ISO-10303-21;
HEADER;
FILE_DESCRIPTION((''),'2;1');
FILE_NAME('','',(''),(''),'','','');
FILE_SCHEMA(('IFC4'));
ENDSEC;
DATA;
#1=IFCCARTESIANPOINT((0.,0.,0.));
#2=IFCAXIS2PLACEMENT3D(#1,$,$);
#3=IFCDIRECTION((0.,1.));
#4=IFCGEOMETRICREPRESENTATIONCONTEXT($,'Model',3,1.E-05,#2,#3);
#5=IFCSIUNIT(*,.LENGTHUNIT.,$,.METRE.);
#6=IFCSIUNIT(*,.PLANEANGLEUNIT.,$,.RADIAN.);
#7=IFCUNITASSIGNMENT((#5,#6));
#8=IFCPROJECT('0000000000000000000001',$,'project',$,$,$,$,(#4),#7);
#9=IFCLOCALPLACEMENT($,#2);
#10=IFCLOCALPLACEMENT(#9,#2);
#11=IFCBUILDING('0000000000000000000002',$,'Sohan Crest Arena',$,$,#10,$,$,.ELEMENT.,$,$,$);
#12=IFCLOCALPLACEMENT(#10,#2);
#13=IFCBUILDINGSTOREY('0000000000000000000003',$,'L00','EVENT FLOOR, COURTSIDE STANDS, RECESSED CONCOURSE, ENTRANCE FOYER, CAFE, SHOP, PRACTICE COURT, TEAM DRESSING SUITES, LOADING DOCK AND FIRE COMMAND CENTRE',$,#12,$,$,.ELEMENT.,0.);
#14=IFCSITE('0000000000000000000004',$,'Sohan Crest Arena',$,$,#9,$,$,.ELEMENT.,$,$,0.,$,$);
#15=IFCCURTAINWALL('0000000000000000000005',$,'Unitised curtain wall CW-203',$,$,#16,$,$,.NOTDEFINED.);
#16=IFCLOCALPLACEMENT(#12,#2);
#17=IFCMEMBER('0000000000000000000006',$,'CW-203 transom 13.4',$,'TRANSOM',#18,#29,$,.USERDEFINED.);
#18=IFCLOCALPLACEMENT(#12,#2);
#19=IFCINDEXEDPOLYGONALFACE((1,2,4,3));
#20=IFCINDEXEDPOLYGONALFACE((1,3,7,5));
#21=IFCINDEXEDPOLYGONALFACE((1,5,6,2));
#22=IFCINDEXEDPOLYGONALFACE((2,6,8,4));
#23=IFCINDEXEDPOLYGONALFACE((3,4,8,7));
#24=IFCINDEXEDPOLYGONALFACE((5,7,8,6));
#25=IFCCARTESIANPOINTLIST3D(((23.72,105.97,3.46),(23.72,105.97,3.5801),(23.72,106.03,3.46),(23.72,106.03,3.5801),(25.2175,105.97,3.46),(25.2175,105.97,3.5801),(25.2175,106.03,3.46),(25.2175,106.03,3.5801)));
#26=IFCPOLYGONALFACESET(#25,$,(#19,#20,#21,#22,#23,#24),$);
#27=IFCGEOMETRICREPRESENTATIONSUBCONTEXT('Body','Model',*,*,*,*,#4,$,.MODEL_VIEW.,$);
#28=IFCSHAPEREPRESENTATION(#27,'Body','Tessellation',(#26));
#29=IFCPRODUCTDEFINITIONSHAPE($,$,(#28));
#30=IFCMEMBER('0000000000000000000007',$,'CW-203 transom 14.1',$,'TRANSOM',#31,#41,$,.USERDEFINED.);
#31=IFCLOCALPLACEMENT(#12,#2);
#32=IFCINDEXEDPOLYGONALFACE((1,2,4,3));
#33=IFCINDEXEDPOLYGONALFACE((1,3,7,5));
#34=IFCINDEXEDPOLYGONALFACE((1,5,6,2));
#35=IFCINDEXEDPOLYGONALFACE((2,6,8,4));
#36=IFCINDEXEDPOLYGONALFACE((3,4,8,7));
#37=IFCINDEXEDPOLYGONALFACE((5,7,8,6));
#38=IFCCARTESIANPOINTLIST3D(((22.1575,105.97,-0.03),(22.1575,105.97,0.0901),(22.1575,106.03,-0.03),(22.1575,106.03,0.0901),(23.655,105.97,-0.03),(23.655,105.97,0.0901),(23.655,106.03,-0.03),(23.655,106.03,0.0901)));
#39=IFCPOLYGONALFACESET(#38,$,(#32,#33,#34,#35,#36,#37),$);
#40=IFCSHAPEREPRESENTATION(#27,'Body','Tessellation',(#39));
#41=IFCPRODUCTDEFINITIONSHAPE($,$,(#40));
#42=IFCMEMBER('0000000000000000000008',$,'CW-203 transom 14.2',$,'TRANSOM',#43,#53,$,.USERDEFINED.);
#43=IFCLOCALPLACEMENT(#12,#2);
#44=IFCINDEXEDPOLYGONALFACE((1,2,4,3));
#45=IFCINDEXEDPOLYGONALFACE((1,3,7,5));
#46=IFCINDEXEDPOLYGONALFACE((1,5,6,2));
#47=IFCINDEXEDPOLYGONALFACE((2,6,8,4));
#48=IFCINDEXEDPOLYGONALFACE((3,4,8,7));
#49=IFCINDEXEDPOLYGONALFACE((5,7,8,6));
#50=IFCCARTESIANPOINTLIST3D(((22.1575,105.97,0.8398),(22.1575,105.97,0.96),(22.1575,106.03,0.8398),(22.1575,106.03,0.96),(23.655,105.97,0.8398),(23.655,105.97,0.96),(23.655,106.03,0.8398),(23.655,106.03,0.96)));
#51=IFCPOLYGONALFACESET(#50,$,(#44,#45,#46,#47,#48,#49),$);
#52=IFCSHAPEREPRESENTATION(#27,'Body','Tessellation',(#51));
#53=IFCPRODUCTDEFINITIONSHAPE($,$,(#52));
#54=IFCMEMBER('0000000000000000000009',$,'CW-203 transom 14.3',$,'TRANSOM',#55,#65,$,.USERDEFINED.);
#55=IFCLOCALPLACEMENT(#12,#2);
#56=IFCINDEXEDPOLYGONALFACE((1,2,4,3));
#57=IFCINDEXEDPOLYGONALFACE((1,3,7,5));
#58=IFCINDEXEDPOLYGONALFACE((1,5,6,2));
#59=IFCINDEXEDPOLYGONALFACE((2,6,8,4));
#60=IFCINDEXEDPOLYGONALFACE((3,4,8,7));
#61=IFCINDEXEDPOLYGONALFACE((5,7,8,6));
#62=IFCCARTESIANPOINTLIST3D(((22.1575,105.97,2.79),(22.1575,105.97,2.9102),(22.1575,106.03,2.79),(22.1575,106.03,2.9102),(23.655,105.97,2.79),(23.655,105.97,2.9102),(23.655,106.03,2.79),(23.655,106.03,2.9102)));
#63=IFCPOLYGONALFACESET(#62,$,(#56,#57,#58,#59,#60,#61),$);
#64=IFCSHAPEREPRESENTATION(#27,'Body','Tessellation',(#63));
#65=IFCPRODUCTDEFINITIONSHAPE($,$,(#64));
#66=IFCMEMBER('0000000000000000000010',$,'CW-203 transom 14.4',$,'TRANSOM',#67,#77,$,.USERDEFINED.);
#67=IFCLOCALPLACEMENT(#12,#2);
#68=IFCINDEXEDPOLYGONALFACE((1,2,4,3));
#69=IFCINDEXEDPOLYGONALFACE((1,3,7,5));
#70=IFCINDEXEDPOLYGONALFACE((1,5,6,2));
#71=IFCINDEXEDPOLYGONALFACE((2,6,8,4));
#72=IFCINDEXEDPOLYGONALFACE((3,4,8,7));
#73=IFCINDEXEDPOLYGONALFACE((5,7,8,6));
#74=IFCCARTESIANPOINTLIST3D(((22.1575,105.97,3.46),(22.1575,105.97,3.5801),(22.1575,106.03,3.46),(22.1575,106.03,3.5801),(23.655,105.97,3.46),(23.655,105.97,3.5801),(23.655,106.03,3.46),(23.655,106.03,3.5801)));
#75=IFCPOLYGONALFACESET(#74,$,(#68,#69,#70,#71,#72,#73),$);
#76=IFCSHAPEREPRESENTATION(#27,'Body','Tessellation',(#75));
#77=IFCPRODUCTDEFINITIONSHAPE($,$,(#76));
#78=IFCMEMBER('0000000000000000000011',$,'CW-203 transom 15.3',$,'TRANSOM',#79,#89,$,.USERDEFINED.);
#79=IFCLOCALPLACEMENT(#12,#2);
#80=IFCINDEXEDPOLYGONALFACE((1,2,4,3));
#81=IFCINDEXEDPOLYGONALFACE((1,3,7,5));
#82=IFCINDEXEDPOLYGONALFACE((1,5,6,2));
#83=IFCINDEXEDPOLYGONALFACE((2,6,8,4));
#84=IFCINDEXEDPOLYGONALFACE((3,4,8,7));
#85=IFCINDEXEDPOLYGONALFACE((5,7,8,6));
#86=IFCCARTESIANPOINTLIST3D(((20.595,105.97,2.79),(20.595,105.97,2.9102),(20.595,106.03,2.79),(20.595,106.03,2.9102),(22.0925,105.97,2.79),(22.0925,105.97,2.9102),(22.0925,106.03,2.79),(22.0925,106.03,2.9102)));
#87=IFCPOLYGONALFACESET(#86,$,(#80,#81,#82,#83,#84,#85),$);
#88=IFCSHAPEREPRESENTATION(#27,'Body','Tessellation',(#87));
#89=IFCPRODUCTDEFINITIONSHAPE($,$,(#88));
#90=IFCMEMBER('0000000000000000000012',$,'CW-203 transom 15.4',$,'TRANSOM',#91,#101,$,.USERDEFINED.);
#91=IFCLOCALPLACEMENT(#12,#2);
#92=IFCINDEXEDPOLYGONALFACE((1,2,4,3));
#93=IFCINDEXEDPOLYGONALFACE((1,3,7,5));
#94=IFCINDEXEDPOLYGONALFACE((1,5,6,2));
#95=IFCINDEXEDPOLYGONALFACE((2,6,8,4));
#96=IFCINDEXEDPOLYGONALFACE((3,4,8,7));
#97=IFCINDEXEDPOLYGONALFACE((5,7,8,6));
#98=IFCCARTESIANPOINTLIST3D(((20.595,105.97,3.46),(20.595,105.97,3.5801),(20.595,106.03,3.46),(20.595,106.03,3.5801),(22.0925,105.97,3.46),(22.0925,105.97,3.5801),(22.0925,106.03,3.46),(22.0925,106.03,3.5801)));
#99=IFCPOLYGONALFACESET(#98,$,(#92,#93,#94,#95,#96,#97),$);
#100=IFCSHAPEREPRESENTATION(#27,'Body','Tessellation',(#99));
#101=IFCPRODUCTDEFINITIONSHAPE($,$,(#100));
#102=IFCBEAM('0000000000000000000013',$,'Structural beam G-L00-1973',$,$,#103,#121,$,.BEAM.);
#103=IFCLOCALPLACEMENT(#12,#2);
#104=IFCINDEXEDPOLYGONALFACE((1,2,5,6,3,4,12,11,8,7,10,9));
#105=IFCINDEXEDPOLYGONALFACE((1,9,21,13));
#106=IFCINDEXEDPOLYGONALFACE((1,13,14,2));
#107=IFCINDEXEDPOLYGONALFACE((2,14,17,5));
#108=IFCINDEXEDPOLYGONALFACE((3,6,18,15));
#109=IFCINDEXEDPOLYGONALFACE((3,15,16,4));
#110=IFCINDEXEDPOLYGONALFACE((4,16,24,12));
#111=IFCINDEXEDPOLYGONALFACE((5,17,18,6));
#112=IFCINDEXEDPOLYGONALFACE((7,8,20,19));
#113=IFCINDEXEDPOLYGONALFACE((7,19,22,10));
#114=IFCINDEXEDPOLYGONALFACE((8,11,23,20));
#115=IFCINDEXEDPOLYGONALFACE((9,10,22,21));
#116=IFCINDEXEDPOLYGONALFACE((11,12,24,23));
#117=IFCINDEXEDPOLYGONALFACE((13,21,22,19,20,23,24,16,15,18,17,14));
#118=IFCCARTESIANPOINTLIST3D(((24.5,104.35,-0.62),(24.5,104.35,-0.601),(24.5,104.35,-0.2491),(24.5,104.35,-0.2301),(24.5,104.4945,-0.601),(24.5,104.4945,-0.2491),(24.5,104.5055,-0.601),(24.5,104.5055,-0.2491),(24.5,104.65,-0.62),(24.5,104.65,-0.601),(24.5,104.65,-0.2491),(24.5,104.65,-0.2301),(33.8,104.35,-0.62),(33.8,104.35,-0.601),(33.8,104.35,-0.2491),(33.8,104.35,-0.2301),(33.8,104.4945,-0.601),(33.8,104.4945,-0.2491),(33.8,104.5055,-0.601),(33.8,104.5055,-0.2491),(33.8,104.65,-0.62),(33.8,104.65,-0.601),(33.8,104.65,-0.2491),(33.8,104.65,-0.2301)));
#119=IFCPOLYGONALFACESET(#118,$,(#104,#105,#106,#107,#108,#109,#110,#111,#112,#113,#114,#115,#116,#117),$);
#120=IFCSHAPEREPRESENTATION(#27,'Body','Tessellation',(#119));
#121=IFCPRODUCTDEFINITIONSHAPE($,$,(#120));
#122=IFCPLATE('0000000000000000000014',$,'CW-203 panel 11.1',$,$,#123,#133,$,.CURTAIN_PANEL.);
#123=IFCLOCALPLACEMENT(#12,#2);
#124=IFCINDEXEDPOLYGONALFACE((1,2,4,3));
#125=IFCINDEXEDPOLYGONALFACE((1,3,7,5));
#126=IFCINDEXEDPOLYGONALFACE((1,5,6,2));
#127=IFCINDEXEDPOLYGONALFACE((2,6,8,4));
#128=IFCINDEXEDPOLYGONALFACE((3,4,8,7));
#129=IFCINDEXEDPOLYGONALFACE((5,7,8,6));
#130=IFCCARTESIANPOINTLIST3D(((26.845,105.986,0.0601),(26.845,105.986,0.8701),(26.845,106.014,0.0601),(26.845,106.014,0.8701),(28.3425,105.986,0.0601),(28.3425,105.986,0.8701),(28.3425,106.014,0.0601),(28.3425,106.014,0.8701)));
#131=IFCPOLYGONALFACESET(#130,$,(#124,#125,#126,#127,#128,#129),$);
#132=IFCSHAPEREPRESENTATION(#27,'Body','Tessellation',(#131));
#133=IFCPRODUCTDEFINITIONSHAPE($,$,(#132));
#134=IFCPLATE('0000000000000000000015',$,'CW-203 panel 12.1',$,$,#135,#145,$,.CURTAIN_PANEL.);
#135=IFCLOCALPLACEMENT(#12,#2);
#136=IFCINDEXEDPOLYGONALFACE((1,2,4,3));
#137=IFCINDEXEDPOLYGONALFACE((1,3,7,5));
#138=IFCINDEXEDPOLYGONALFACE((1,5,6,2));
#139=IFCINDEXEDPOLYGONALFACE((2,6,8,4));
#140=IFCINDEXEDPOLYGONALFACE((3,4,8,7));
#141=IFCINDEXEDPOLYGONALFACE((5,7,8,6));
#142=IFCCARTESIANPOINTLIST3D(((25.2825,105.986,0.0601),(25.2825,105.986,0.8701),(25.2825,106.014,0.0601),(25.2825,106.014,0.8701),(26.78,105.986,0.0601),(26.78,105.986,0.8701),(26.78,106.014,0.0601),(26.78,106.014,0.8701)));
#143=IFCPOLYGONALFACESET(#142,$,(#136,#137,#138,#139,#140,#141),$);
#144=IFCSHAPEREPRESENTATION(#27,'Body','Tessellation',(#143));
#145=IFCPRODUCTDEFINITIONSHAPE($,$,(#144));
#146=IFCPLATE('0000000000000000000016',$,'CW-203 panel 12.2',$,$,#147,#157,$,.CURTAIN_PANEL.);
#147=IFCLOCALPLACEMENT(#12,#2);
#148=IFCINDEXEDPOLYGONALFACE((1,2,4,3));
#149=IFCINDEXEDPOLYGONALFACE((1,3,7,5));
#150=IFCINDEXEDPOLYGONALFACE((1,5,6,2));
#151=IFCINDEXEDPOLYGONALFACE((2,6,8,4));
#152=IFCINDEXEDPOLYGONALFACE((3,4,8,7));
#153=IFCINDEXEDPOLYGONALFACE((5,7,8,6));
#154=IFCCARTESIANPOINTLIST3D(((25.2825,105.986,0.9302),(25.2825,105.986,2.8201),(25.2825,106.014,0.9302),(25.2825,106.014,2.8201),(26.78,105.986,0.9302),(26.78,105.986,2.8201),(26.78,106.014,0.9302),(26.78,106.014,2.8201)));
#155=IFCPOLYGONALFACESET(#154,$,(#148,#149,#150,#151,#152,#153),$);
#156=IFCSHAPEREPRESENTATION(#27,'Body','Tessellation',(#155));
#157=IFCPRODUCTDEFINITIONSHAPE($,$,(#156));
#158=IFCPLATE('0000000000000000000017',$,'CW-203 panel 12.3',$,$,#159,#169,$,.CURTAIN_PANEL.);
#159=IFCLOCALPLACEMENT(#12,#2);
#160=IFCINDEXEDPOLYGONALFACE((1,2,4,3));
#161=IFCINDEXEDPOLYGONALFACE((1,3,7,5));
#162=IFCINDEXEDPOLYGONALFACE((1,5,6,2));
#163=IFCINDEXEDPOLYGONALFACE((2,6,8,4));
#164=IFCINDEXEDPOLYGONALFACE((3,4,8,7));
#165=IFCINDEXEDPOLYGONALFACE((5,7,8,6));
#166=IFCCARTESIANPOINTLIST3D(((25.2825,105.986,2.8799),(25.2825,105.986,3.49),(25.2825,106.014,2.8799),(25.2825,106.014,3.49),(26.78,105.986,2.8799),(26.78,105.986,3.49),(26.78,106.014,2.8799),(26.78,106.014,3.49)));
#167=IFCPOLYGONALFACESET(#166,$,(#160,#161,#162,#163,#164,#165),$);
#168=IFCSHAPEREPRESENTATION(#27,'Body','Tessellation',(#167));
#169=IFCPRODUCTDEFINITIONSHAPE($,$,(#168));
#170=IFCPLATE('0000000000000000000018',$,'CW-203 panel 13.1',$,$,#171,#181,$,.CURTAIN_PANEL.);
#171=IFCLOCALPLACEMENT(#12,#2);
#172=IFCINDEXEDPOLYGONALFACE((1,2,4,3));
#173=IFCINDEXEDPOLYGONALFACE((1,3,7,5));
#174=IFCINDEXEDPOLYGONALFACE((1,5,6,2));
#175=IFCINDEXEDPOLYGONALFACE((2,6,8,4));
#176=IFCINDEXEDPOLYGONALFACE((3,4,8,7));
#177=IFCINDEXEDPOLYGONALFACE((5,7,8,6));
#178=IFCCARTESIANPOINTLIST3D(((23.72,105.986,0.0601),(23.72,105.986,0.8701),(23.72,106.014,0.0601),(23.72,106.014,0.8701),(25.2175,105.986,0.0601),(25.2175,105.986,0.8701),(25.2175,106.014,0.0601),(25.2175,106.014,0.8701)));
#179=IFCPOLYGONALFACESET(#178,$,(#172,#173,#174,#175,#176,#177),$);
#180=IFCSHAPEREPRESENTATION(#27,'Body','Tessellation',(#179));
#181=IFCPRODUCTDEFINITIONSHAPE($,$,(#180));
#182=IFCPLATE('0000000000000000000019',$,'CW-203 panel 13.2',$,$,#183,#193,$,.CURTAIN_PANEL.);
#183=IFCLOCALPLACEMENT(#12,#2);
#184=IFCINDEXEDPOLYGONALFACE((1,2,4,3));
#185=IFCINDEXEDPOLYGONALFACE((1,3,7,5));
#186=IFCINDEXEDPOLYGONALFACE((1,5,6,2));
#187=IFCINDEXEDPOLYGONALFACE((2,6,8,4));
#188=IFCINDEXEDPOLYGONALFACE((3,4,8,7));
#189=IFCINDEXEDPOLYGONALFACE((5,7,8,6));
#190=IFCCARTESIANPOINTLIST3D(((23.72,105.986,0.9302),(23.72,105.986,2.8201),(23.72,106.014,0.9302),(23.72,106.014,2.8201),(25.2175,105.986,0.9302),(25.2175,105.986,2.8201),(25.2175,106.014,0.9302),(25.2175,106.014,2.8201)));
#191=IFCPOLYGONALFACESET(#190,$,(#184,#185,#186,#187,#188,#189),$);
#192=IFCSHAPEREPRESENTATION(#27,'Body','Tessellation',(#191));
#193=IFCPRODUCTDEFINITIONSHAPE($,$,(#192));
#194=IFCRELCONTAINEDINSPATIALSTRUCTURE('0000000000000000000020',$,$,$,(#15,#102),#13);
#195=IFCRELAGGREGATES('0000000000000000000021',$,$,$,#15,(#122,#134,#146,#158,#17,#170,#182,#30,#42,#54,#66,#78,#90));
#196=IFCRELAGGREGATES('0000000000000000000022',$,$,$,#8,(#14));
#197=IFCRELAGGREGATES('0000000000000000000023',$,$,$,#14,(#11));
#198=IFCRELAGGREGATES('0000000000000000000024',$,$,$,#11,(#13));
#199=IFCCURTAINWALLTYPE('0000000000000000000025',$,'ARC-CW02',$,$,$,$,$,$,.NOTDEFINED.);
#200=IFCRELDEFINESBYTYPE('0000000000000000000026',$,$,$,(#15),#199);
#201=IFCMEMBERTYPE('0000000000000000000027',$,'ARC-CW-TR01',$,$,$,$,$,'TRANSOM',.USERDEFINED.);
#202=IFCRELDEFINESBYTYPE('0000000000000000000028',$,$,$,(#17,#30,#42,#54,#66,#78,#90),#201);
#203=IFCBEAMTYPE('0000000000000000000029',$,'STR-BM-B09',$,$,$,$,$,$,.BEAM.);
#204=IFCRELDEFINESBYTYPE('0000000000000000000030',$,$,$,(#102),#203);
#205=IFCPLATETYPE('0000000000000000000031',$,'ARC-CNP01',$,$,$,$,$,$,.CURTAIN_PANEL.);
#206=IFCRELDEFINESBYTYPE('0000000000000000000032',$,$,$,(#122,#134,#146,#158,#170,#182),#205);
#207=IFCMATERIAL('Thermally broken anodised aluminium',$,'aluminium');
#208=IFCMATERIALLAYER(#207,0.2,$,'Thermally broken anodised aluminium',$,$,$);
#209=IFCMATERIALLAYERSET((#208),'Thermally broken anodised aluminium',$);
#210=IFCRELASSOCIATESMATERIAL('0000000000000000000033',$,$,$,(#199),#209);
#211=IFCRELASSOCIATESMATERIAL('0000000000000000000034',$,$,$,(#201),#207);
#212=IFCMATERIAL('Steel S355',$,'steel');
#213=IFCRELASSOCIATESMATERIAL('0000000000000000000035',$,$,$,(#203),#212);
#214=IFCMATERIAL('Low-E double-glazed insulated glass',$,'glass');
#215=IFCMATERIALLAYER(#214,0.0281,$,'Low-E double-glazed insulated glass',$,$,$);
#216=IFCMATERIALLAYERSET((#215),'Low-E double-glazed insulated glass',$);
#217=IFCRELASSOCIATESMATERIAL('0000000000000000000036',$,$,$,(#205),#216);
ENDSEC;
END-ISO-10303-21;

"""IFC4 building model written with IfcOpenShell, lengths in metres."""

from ifc_helpers import new_model, si_unit, direction, frame, origin, origin_2d, place, context, subcontext, project, spatial, rectangle, i_section, extrude, material, layer, layer_set, material_profile, profile_set, type_object, element, aggregate, save


model = new_model("IFC4")

# Units and contexts
model_context = context("Model", 3, precision=1e-05, world=origin(), true_north=direction((0.0, 1.0)))
body_context = subcontext(model_context, "Body", "Model", "MODEL_VIEW")
ifc_project = project(units=[si_unit("LENGTHUNIT", "METRE"), si_unit("PLANEANGLEUNIT", "RADIAN")], contexts=[model_context])

# Site, building, storey
site_placement = place(None, origin())
site = spatial("IfcSite", under=ifc_project, at=site_placement, Name="Sohan Crest Arena", CompositionType="ELEMENT", RefElevation=0.0)
building_placement = place(site_placement, origin())
building = spatial("IfcBuilding", under=site, at=building_placement, Name="Sohan Crest Arena", CompositionType="ELEMENT")
storey_placement = place(building_placement, origin())
storey = spatial("IfcBuildingStorey", under=building, at=storey_placement, Name="L00", Description="EVENT FLOOR, COURTSIDE STANDS, RECESSED CONCOURSE, ENTRANCE FOYER, CAFE, SHOP, PRACTICE COURT, TEAM DRESSING SUITES, LOADING DOCK AND FIRE COMMAND CENTRE", CompositionType="ELEMENT", Elevation=0.0)

# Curtain wall, members
ifc_material_1 = material(Name="Thermally broken anodised aluminium", Category="aluminium")
ifc_layer_1 = layer(ifc_material_1, 0.2, Name="Thermally broken anodised aluminium")
ifc_layer_set_1 = layer_set([ifc_layer_1], Name="Thermally broken anodised aluminium")
curtain_wall_type = type_object("IfcCurtainWallType", Name="ARC-CW02", PredefinedType="NOTDEFINED", material=ifc_layer_set_1)
curtain_wall_placement = place(storey_placement, origin())
curtain_wall = element("IfcCurtainWall", 1, at=curtain_wall_placement, inside=storey, type_object=curtain_wall_type, Name="Unitised curtain wall CW-203", PredefinedType="NOTDEFINED")
ifc_material_profile_1 = material_profile(ifc_material_1, rectangle(XDim=0.0601, YDim=0.1201, at=origin_2d()), Name="ALU-TRAN 60x120")
ifc_profile_set_1 = profile_set([ifc_material_profile_1], Name="Thermally broken anodised aluminium")
member_type_1 = type_object("IfcMemberType", Name="ARC-CW-TR01", ElementType="TRANSOM", PredefinedType="USERDEFINED", material=ifc_profile_set_1)
member_1_placement = place(storey_placement, frame((25.2175, 106.0, 3.52), z_axis=(-1.0, 0.0, 0.0), x_axis=(0.0, -1.0, 0.0)))
member_1 = element("IfcMember", 2, at=member_1_placement, type_object=member_type_1, Name="CW-203 transom 13.4", ObjectType="TRANSOM", PredefinedType="USERDEFINED", context=body_context, shape_type="SweptSolid", body=[
    extrude(rectangle(XDim=0.0601, YDim=0.1201, at=origin_2d()), origin(), (0.0, 0.0, 1.0), 1.4976),
])
member_2_placement = place(storey_placement, frame((23.655, 106.0, 0.03), z_axis=(-1.0, 0.0, 0.0), x_axis=(0.0, -1.0, 0.0)))
member_2 = element("IfcMember", 3, at=member_2_placement, type_object=member_type_1, Name="CW-203 transom 14.1", ObjectType="TRANSOM", PredefinedType="USERDEFINED", context=body_context, shape_type="SweptSolid", body=[
    extrude(rectangle(XDim=0.0601, YDim=0.1201, at=origin_2d()), origin(), (0.0, 0.0, 1.0), 1.4976),
])
member_3_placement = place(storey_placement, frame((23.655, 106.0, 0.8999), z_axis=(-1.0, 0.0, 0.0), x_axis=(0.0, -1.0, 0.0)))
member_3 = element("IfcMember", 4, at=member_3_placement, type_object=member_type_1, Name="CW-203 transom 14.2", ObjectType="TRANSOM", PredefinedType="USERDEFINED", context=body_context, shape_type="SweptSolid", body=[
    extrude(rectangle(XDim=0.0601, YDim=0.1201, at=origin_2d()), origin(), (0.0, 0.0, 1.0), 1.4976),
])
member_4_placement = place(storey_placement, frame((23.655, 106.0, 2.8501), z_axis=(-1.0, 0.0, 0.0), x_axis=(0.0, -1.0, 0.0)))
member_4 = element("IfcMember", 5, at=member_4_placement, type_object=member_type_1, Name="CW-203 transom 14.3", ObjectType="TRANSOM", PredefinedType="USERDEFINED", context=body_context, shape_type="SweptSolid", body=[
    extrude(rectangle(XDim=0.0601, YDim=0.1201, at=origin_2d()), origin(), (0.0, 0.0, 1.0), 1.4976),
])
member_5_placement = place(storey_placement, frame((23.655, 106.0, 3.52), z_axis=(-1.0, 0.0, 0.0), x_axis=(0.0, -1.0, 0.0)))
member_5 = element("IfcMember", 6, at=member_5_placement, type_object=member_type_1, Name="CW-203 transom 14.4", ObjectType="TRANSOM", PredefinedType="USERDEFINED", context=body_context, shape_type="SweptSolid", body=[
    extrude(rectangle(XDim=0.0601, YDim=0.1201, at=origin_2d()), origin(), (0.0, 0.0, 1.0), 1.4976),
])
member_6_placement = place(storey_placement, frame((22.0925, 106.0, 2.8501), z_axis=(-1.0, 0.0, 0.0), x_axis=(0.0, -1.0, 0.0)))
member_6 = element("IfcMember", 7, at=member_6_placement, type_object=member_type_1, Name="CW-203 transom 15.3", ObjectType="TRANSOM", PredefinedType="USERDEFINED", context=body_context, shape_type="SweptSolid", body=[
    extrude(rectangle(XDim=0.0601, YDim=0.1201, at=origin_2d()), origin(), (0.0, 0.0, 1.0), 1.4976),
])
member_7_placement = place(storey_placement, frame((22.0925, 106.0, 3.52), z_axis=(-1.0, 0.0, 0.0), x_axis=(0.0, -1.0, 0.0)))
member_7 = element("IfcMember", 8, at=member_7_placement, type_object=member_type_1, Name="CW-203 transom 15.4", ObjectType="TRANSOM", PredefinedType="USERDEFINED", context=body_context, shape_type="SweptSolid", body=[
    extrude(rectangle(XDim=0.0601, YDim=0.1201, at=origin_2d()), origin(), (0.0, 0.0, 1.0), 1.4976),
])

# Beam
ifc_material_2 = material(Name="Steel S355", Category="steel")
ifc_material_profile_2 = material_profile(ifc_material_2, i_section(OverallWidth=0.3, OverallDepth=0.3899, WebThickness=0.011, FlangeThickness=0.019, at=origin_2d()), Name="HEA 400")
ifc_profile_set_2 = profile_set([ifc_material_profile_2], Name="Steel S355")
beam_type = type_object("IfcBeamType", Name="STR-BM-B09", PredefinedType="BEAM", material=ifc_profile_set_2)
beam_placement = place(storey_placement, frame((24.5, 104.5, -0.425), z_axis=(1.0, 0.0, 0.0), x_axis=(0.0, 1.0, 0.0)))
element("IfcBeam", 9, at=beam_placement, inside=storey, type_object=beam_type, Name="Structural beam G-L00-1973", PredefinedType="BEAM", context=body_context, shape_type="SweptSolid", body=[
    extrude(i_section(OverallWidth=0.3, OverallDepth=0.3899, WebThickness=0.011, FlangeThickness=0.019, at=origin_2d()), origin(), (0.0, 0.0, 1.0), 9.3),
])

# Plates
ifc_material_3 = material(Name="Low-E double-glazed insulated glass", Category="glass")
ifc_layer_2 = layer(ifc_material_3, 0.0281, Name="Low-E double-glazed insulated glass")
ifc_layer_set_2 = layer_set([ifc_layer_2], Name="Low-E double-glazed insulated glass")
plate_type = type_object("IfcPlateType", Name="ARC-CNP01", PredefinedType="CURTAIN_PANEL", material=ifc_layer_set_2)
plate_1_placement = place(storey_placement, frame((27.5938, 106.0, 0.0601), z_axis=(0.0, 0.0, 1.0), x_axis=(-1.0, 0.0, 0.0)))
plate_1 = element("IfcPlate", 10, at=plate_1_placement, type_object=plate_type, Name="CW-203 panel 11.1", PredefinedType="CURTAIN_PANEL", context=body_context, shape_type="SweptSolid", body=[
    extrude(rectangle(XDim=1.4976, YDim=0.0281, at=origin_2d()), origin(), (0.0, 0.0, 1.0), 0.8101),
])
plate_2_placement = place(storey_placement, frame((26.0312, 106.0, 0.0601), z_axis=(0.0, 0.0, 1.0), x_axis=(-1.0, 0.0, 0.0)))
plate_2 = element("IfcPlate", 11, at=plate_2_placement, type_object=plate_type, Name="CW-203 panel 12.1", PredefinedType="CURTAIN_PANEL", context=body_context, shape_type="SweptSolid", body=[
    extrude(rectangle(XDim=1.4976, YDim=0.0281, at=origin_2d()), origin(), (0.0, 0.0, 1.0), 0.8101),
])
plate_3_placement = place(storey_placement, frame((26.0312, 106.0, 0.9302), z_axis=(0.0, 0.0, 1.0), x_axis=(-1.0, 0.0, 0.0)))
plate_3 = element("IfcPlate", 12, at=plate_3_placement, type_object=plate_type, Name="CW-203 panel 12.2", PredefinedType="CURTAIN_PANEL", context=body_context, shape_type="SweptSolid", body=[
    extrude(rectangle(XDim=1.4976, YDim=0.0281, at=origin_2d()), origin(), (0.0, 0.0, 1.0), 1.8899),
])
plate_4_placement = place(storey_placement, frame((26.0312, 106.0, 2.8799), z_axis=(0.0, 0.0, 1.0), x_axis=(-1.0, 0.0, 0.0)))
plate_4 = element("IfcPlate", 13, at=plate_4_placement, type_object=plate_type, Name="CW-203 panel 12.3", PredefinedType="CURTAIN_PANEL", context=body_context, shape_type="SweptSolid", body=[
    extrude(rectangle(XDim=1.4976, YDim=0.0281, at=origin_2d()), origin(), (0.0, 0.0, 1.0), 0.6101),
])
plate_5_placement = place(storey_placement, frame((24.4688, 106.0, 0.0601), z_axis=(0.0, 0.0, 1.0), x_axis=(-1.0, 0.0, 0.0)))
plate_5 = element("IfcPlate", 14, at=plate_5_placement, type_object=plate_type, Name="CW-203 panel 13.1", PredefinedType="CURTAIN_PANEL", context=body_context, shape_type="SweptSolid", body=[
    extrude(rectangle(XDim=1.4976, YDim=0.0281, at=origin_2d()), origin(), (0.0, 0.0, 1.0), 0.8101),
])
plate_6_placement = place(storey_placement, frame((24.4688, 106.0, 0.9302), z_axis=(0.0, 0.0, 1.0), x_axis=(-1.0, 0.0, 0.0)))
plate_6 = element("IfcPlate", 15, at=plate_6_placement, type_object=plate_type, Name="CW-203 panel 13.2", PredefinedType="CURTAIN_PANEL", context=body_context, shape_type="SweptSolid", body=[
    extrude(rectangle(XDim=1.4976, YDim=0.0281, at=origin_2d()), origin(), (0.0, 0.0, 1.0), 1.8899),
])
aggregate(curtain_wall, [plate_1, plate_2, plate_3, plate_4, member_1, plate_5, plate_6, member_2, member_3, member_4, member_5, member_6, member_7])

save(model, "model.ifc")
